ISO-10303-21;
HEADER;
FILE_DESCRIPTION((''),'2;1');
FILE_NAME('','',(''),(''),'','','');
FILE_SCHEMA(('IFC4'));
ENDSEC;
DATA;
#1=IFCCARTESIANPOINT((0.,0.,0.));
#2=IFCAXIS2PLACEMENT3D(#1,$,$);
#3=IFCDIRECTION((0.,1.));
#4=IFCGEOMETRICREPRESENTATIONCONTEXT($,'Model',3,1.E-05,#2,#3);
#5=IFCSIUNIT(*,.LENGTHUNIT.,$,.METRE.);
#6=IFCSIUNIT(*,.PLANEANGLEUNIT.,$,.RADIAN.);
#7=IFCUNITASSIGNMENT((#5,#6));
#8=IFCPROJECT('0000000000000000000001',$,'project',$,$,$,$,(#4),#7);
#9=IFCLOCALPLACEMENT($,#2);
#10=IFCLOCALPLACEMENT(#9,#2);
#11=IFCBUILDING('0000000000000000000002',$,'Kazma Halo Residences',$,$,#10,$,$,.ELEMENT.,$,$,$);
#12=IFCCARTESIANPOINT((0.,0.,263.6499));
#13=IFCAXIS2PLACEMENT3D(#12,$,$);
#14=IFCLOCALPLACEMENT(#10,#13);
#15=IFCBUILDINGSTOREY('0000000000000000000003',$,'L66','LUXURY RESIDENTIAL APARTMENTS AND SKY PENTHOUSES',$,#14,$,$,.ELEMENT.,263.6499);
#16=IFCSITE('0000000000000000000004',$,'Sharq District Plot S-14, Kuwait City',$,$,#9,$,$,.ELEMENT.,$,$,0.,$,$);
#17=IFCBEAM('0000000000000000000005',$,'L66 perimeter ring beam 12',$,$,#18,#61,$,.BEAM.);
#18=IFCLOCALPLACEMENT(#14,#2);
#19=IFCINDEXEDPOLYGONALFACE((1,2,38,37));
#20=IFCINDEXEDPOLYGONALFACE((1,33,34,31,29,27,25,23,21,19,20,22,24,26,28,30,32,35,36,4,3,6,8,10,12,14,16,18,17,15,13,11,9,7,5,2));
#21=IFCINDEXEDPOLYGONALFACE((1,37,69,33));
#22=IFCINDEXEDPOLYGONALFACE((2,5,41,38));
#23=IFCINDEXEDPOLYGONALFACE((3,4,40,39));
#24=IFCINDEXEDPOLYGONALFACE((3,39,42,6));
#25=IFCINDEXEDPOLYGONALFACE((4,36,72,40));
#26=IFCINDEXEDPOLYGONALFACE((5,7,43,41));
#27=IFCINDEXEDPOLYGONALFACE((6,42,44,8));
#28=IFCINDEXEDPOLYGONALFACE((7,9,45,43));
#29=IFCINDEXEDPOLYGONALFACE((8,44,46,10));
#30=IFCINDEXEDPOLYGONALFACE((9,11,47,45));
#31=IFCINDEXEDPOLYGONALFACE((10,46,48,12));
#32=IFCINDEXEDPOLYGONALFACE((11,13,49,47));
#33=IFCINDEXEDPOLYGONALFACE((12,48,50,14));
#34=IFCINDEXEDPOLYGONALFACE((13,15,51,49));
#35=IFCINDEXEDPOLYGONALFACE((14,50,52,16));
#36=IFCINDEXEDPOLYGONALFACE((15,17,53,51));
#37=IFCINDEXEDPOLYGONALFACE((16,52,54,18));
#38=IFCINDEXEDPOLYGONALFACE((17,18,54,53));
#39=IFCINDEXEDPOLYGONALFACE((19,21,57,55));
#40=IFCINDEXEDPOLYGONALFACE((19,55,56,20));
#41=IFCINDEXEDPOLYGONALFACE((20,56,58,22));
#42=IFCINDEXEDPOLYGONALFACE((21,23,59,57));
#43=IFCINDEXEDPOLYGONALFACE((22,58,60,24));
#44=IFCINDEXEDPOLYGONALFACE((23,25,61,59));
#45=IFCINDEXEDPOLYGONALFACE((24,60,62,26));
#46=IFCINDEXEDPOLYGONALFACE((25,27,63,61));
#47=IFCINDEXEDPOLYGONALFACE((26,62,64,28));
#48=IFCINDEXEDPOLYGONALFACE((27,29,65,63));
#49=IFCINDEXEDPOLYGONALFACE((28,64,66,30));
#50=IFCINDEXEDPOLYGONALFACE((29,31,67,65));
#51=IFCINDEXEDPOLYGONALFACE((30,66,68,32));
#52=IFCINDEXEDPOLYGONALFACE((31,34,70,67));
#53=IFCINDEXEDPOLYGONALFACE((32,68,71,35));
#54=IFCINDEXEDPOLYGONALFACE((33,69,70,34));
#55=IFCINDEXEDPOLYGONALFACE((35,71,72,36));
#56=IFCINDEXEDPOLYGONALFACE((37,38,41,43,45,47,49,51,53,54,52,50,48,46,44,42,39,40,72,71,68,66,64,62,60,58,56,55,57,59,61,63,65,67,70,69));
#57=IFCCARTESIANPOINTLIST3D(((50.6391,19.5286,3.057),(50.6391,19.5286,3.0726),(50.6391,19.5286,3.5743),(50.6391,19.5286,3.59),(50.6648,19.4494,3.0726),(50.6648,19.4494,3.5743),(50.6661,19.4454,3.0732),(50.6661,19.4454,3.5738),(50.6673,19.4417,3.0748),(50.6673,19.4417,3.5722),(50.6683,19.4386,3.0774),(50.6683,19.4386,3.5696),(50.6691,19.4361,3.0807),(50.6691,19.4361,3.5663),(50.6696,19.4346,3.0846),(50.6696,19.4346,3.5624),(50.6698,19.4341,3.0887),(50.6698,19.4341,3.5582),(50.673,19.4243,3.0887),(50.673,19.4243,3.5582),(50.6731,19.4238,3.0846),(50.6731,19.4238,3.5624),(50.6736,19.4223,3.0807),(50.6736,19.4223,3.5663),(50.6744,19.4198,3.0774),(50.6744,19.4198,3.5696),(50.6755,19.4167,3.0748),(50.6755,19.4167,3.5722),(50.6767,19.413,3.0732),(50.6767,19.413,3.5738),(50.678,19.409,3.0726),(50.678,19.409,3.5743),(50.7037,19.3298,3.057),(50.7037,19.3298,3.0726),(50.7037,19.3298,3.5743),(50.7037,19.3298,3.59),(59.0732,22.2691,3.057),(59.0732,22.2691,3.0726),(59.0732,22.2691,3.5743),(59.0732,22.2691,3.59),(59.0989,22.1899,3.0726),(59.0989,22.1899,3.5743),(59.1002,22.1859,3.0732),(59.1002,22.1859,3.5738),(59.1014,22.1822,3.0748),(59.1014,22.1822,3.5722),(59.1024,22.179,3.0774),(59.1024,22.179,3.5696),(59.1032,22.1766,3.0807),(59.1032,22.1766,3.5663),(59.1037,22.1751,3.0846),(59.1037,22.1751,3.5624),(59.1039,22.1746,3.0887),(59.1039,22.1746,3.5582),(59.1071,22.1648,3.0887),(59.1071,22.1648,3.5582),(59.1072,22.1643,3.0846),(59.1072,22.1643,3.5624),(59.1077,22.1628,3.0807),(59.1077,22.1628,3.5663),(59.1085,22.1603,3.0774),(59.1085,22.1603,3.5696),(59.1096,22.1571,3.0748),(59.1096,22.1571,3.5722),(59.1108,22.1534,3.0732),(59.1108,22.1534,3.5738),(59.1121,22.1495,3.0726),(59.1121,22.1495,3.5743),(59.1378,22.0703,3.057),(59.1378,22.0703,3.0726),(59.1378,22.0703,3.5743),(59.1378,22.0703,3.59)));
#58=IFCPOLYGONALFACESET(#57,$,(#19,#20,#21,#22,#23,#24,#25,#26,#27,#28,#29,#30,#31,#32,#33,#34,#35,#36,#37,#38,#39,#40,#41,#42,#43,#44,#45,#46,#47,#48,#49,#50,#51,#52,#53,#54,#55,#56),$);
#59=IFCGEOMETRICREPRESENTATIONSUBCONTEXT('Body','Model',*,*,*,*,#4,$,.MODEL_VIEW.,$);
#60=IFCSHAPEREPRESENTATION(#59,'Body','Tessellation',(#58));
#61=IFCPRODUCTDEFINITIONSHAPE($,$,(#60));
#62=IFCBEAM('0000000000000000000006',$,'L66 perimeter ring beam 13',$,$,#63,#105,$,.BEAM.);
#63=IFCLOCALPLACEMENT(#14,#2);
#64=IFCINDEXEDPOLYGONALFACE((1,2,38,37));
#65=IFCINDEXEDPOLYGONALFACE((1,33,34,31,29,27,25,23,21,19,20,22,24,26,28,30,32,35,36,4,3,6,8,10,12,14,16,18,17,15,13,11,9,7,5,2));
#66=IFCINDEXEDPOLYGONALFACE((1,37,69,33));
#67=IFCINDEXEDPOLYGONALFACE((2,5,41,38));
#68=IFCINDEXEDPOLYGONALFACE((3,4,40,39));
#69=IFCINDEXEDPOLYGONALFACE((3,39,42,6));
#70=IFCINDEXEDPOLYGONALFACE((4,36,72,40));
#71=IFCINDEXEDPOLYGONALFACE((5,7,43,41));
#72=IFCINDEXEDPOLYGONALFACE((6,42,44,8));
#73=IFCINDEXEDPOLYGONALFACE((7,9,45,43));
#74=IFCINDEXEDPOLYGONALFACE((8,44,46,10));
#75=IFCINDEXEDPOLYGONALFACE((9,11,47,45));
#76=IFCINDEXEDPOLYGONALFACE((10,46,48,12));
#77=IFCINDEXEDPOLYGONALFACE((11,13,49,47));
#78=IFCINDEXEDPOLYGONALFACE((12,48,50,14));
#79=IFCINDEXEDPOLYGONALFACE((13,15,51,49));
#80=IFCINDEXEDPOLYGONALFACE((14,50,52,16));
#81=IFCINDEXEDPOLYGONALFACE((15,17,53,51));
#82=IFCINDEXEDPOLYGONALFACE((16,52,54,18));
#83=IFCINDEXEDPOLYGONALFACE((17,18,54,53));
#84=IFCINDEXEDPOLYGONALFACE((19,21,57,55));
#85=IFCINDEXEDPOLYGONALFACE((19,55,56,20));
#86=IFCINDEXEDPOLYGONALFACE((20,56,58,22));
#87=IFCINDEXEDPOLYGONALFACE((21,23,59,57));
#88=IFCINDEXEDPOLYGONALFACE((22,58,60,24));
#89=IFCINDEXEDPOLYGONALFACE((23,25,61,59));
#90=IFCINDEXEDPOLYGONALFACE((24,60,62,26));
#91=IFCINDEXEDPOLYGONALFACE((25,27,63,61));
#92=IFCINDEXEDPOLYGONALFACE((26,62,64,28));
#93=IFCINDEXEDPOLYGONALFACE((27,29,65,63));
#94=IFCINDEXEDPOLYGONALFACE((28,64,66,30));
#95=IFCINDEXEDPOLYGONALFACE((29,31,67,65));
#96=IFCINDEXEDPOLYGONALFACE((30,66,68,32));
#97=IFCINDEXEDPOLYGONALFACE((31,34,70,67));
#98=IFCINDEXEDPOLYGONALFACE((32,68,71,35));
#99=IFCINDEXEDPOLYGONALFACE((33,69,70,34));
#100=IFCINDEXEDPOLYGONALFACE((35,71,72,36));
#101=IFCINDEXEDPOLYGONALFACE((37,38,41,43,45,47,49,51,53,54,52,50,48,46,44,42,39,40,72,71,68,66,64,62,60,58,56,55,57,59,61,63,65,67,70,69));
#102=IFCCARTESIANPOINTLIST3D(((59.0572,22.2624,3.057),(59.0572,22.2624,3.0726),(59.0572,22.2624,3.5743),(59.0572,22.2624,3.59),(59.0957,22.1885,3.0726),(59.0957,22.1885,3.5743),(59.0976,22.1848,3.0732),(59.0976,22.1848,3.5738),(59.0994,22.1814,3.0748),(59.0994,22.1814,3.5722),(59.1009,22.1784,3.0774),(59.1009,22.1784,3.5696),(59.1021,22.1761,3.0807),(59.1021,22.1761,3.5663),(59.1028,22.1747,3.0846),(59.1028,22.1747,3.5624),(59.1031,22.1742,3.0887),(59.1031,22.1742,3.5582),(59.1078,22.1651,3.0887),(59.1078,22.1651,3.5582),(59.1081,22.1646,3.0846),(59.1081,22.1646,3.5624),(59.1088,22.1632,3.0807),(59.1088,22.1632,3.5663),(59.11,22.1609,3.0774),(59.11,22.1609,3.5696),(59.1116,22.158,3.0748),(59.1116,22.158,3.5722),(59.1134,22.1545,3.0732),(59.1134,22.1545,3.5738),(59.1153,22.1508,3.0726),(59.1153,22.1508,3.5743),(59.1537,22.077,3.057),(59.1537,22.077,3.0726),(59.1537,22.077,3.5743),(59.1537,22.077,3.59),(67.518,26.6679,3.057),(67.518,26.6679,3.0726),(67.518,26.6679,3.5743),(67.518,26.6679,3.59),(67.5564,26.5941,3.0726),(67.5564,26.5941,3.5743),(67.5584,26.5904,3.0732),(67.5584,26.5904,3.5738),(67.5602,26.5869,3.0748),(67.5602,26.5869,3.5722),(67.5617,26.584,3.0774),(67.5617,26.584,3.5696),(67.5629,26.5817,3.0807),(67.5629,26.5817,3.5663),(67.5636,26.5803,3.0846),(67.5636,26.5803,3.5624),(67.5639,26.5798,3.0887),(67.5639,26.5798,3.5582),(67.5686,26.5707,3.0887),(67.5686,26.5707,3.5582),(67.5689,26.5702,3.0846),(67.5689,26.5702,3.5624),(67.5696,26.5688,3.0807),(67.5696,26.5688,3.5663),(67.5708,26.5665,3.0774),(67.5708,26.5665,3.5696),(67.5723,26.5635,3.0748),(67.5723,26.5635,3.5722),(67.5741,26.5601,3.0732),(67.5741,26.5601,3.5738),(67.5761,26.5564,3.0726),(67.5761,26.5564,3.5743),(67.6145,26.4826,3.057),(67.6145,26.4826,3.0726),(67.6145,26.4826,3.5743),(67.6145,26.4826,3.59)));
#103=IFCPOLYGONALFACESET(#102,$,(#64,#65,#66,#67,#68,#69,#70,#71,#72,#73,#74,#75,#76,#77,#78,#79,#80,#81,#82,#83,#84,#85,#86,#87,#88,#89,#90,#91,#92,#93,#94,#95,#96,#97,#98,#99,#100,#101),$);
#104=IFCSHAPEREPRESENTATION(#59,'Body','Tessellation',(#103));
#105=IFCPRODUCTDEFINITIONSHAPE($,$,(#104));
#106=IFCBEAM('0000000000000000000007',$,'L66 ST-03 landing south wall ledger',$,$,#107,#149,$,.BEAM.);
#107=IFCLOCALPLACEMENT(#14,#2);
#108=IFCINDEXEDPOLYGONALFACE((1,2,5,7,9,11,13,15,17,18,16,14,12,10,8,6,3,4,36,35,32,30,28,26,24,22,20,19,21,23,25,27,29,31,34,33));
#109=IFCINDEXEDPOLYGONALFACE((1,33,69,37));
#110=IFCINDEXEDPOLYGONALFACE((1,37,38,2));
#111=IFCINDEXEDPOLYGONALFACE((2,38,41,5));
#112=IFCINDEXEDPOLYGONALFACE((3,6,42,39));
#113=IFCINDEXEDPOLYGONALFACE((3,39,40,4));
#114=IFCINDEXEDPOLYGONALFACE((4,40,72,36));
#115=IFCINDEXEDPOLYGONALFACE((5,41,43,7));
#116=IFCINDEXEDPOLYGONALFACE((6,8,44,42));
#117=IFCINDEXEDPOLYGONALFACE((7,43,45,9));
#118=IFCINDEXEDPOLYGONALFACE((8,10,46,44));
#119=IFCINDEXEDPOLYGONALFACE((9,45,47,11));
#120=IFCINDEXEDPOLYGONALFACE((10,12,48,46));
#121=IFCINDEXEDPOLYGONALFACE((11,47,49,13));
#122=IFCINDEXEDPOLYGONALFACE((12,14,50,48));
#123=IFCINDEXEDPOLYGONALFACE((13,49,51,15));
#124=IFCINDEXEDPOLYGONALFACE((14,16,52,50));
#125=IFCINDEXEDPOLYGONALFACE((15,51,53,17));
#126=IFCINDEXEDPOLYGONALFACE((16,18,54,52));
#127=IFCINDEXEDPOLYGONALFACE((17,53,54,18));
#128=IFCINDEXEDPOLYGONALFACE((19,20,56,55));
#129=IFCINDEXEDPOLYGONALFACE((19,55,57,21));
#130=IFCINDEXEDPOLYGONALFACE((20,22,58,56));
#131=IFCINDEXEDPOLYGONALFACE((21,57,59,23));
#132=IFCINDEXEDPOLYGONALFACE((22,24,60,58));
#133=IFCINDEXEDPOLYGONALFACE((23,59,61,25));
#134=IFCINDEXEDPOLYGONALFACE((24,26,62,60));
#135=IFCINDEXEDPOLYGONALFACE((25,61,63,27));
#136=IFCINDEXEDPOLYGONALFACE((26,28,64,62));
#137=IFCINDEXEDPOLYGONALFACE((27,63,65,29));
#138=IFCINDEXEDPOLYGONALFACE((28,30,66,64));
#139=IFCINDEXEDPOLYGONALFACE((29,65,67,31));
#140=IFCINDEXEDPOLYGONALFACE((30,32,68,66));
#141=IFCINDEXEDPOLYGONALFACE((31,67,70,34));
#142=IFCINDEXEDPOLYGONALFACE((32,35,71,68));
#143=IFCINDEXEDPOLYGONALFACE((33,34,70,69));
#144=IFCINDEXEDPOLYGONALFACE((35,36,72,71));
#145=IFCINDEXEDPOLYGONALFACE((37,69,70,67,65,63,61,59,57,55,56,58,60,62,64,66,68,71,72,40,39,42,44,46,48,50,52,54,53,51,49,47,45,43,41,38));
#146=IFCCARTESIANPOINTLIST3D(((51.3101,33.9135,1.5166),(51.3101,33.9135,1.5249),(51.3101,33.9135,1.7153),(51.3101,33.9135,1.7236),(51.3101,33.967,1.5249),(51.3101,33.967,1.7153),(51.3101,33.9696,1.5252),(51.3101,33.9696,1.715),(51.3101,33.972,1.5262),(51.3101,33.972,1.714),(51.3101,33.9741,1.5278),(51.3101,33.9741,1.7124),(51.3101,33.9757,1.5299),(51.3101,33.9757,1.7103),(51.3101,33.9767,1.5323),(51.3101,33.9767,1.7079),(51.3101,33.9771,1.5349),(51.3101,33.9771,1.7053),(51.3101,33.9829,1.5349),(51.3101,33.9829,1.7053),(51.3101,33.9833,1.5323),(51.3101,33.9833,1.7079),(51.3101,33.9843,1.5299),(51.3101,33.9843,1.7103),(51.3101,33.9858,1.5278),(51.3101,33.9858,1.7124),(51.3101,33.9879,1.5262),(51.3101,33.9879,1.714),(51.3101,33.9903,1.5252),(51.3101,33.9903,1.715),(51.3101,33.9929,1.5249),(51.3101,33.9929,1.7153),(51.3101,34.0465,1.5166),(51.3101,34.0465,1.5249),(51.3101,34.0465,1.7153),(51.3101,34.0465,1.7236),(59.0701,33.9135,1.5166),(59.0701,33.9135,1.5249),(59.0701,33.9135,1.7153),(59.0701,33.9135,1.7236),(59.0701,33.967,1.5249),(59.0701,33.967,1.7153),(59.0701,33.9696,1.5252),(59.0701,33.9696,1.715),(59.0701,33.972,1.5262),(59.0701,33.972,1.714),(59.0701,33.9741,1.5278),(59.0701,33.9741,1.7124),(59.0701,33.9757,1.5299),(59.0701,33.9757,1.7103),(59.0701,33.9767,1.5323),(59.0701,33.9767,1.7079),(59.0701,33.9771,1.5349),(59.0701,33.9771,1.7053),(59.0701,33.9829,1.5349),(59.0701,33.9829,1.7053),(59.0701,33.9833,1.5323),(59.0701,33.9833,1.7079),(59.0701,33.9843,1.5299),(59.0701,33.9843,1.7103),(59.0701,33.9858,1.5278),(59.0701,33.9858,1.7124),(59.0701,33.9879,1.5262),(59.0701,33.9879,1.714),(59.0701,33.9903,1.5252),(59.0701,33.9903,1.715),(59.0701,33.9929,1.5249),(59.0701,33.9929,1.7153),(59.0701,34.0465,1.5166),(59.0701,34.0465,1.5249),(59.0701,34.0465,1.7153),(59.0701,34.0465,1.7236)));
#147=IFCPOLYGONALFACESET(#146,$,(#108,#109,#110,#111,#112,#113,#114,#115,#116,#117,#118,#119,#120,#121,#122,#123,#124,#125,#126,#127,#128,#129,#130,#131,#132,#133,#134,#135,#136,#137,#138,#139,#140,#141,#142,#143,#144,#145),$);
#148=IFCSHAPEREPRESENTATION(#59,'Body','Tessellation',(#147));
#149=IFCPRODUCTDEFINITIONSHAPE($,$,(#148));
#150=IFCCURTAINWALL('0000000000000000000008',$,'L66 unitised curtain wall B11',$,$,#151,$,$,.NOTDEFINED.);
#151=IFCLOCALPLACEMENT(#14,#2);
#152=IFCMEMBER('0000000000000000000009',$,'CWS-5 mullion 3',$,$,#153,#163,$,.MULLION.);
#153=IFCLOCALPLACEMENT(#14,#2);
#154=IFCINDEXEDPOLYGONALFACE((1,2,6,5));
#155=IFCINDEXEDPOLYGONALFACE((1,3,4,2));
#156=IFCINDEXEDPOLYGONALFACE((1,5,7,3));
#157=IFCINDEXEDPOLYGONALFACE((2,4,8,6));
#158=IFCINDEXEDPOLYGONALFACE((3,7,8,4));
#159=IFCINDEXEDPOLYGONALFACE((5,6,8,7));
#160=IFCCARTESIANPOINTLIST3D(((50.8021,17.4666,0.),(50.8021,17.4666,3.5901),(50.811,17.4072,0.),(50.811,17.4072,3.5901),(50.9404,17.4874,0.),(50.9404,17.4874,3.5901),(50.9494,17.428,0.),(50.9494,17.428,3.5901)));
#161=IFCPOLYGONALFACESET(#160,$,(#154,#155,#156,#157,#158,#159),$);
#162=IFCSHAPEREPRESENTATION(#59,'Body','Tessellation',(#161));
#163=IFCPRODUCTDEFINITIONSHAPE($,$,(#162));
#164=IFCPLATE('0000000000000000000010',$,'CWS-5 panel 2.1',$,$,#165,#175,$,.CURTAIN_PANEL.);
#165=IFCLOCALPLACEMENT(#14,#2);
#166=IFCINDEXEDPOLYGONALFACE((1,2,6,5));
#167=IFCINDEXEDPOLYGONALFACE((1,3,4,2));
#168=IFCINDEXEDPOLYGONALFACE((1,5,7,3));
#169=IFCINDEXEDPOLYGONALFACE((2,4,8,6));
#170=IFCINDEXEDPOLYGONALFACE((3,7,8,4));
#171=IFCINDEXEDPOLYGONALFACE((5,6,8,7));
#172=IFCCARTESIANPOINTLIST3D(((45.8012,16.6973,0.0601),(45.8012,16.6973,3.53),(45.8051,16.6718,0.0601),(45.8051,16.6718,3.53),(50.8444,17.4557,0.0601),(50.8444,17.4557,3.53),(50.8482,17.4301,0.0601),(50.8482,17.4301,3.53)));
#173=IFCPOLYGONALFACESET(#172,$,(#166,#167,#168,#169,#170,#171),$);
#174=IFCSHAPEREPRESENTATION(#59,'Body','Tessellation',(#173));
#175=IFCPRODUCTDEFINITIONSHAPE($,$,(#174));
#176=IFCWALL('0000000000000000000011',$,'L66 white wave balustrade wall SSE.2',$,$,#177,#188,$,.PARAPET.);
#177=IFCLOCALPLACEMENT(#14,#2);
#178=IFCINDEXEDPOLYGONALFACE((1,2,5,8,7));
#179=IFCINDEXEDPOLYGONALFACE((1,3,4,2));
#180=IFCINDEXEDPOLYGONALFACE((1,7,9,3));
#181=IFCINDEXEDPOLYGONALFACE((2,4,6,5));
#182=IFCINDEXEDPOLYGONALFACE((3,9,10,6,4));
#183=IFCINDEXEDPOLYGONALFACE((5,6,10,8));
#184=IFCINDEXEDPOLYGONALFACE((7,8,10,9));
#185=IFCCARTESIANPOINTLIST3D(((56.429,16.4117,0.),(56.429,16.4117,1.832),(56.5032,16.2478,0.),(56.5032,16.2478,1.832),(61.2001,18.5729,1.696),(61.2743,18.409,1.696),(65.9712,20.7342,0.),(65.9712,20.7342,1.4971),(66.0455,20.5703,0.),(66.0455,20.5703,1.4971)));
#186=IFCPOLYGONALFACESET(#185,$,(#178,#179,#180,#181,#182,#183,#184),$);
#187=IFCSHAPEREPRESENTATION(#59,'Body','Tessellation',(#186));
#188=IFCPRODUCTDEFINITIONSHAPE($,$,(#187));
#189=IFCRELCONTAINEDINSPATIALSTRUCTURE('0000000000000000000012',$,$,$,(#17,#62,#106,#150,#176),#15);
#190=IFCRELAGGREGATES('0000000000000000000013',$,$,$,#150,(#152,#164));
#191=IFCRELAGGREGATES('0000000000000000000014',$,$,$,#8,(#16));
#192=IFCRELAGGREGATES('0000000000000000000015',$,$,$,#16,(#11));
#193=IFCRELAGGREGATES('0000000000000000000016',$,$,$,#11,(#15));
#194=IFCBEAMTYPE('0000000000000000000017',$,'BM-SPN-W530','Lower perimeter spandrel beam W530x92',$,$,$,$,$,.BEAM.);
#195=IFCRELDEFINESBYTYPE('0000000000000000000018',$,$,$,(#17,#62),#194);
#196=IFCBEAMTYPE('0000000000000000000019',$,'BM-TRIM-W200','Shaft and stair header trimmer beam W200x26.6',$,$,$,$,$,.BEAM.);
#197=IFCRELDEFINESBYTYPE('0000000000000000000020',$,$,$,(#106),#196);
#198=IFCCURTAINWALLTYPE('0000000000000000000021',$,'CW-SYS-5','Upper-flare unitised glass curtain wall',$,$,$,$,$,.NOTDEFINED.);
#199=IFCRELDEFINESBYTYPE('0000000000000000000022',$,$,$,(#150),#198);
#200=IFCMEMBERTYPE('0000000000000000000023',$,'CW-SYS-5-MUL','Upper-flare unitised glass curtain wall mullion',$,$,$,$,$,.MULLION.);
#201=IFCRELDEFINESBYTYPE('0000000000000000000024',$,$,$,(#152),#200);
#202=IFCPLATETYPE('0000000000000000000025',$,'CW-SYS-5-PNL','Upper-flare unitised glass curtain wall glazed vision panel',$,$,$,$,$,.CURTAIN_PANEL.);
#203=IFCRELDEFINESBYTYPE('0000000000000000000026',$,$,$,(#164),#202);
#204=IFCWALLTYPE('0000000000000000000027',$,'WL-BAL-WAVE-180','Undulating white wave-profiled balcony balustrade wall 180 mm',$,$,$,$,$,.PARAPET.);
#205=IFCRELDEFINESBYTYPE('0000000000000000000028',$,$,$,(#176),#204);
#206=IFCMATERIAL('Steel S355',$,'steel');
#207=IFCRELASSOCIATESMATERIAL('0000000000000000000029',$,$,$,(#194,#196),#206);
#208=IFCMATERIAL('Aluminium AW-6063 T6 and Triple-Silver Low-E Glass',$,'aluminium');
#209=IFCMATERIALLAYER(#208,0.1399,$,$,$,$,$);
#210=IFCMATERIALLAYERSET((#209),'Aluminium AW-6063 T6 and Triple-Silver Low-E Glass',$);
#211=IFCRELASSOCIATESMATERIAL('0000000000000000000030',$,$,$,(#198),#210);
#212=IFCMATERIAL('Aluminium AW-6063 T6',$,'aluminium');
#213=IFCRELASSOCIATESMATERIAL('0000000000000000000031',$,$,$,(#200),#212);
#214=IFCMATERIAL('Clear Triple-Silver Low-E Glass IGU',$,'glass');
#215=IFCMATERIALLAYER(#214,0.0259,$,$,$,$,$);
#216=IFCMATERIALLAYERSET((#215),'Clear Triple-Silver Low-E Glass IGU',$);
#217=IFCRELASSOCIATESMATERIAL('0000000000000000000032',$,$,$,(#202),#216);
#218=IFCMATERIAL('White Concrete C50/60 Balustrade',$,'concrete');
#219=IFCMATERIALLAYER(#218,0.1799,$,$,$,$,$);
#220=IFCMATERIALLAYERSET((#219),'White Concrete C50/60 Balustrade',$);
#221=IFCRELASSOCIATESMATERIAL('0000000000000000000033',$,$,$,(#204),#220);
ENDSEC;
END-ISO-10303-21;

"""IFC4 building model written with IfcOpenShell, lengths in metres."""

from ifc_helpers import new_model, si_unit, direction, frame, origin, origin_2d, place, context, subcontext, project, spatial, polyline, rectangle, i_section, outline, extrude, material, layer, layer_set, material_profile, profile_set, type_object, element, aggregate, save


model = new_model("IFC4")

# Units and contexts
model_context = context("Model", 3, precision=1e-05, world=origin(), true_north=direction((0.0, 1.0)))
body_context = subcontext(model_context, "Body", "Model", "MODEL_VIEW")
ifc_project = project(units=[si_unit("LENGTHUNIT", "METRE"), si_unit("PLANEANGLEUNIT", "RADIAN")], contexts=[model_context])

# Site, building, storey
site_placement = place(None, origin())
site = spatial("IfcSite", under=ifc_project, at=site_placement, Name="Sharq District Plot S-14, Kuwait City", CompositionType="ELEMENT", RefElevation=0.0)
building_placement = place(site_placement, origin())
building = spatial("IfcBuilding", under=site, at=building_placement, Name="Kazma Halo Residences", CompositionType="ELEMENT")
storey_placement = place(building_placement, frame((0.0, 0.0, 263.6499)))
storey = spatial("IfcBuildingStorey", under=building, at=storey_placement, Name="L66", Description="LUXURY RESIDENTIAL APARTMENTS AND SKY PENTHOUSES", CompositionType="ELEMENT", Elevation=263.6499)

# Beams
ifc_material_1 = material(Name="Steel S355", Category="steel")
ifc_material_profile_1 = material_profile(ifc_material_1, i_section(OverallWidth=0.209, OverallDepth=0.533, WebThickness=0.0103, FlangeThickness=0.0156, FilletRadius=0.0161, at=origin_2d()), Name="W530x92")
ifc_profile_set_1 = profile_set([ifc_material_profile_1], Name="Steel S355")
beam_type_1 = type_object("IfcBeamType", Name="BM-SPN-W530", Description="Lower perimeter spandrel beam W530x92", PredefinedType="BEAM", material=ifc_profile_set_1)
beam_1_placement = place(storey_placement, frame((50.6714, 19.4292, 3.3235), z_axis=(0.951054, 0.309025, 0.0), x_axis=(-0.309025, 0.951054, 0.0)))
element("IfcBeam", 1, at=beam_1_placement, inside=storey, type_object=beam_type_1, Name="L66 perimeter ring beam 12", PredefinedType="BEAM", context=body_context, shape_type="SweptSolid", body=[
    extrude(i_section(OverallWidth=0.209, OverallDepth=0.533, WebThickness=0.0103, FlangeThickness=0.0156, FilletRadius=0.0161, at=origin_2d()), origin(), (0.0, 0.0, 1.0), 8.8682),
])
beam_2_placement = place(storey_placement, frame((59.1055, 22.1697, 3.3235), z_axis=(0.886961, 0.461844, 0.0), x_axis=(-0.461844, 0.886961, 0.0)))
element("IfcBeam", 2, at=beam_2_placement, inside=storey, type_object=beam_type_1, Name="L66 perimeter ring beam 13", PredefinedType="BEAM", context=body_context, shape_type="SweptSolid", body=[
    extrude(i_section(OverallWidth=0.209, OverallDepth=0.533, WebThickness=0.0103, FlangeThickness=0.0156, FilletRadius=0.0161, at=origin_2d()), origin(), (0.0, 0.0, 1.0), 9.5391),
])
ifc_material_profile_2 = material_profile(ifc_material_1, i_section(OverallWidth=0.1331, OverallDepth=0.207, WebThickness=0.0059, FlangeThickness=0.0083, FilletRadius=0.01, at=origin_2d()), Name="W200x26.6")
ifc_profile_set_2 = profile_set([ifc_material_profile_2], Name="Steel S355")
beam_type_2 = type_object("IfcBeamType", Name="BM-TRIM-W200", Description="Shaft and stair header trimmer beam W200x26.6", PredefinedType="BEAM", material=ifc_profile_set_2)
beam_3_placement = place(storey_placement, frame((51.3101, 33.98, 1.6201), z_axis=(1.0, 0.0, 0.0), x_axis=(0.0, 1.0, 0.0)))
element("IfcBeam", 3, at=beam_3_placement, inside=storey, type_object=beam_type_2, Name="L66 ST-03 landing south wall ledger", PredefinedType="BEAM", context=body_context, shape_type="SweptSolid", body=[
    extrude(i_section(OverallWidth=0.1331, OverallDepth=0.207, WebThickness=0.0059, FlangeThickness=0.0083, FilletRadius=0.01, at=origin_2d()), origin(), (0.0, 0.0, 1.0), 7.76),
])

# Curtain wall, member, plate
ifc_material_2 = material(Name="Aluminium AW-6063 T6 and Triple-Silver Low-E Glass", Category="aluminium")
ifc_layer_1 = layer(ifc_material_2, 0.1399)
ifc_layer_set_1 = layer_set([ifc_layer_1], Name="Aluminium AW-6063 T6 and Triple-Silver Low-E Glass")
curtain_wall_type = type_object("IfcCurtainWallType", Name="CW-SYS-5", Description="Upper-flare unitised glass curtain wall", PredefinedType="NOTDEFINED", material=ifc_layer_set_1)
curtain_wall_placement = place(storey_placement, origin())
curtain_wall = element("IfcCurtainWall", 4, at=curtain_wall_placement, inside=storey, type_object=curtain_wall_type, Name="L66 unitised curtain wall B11", PredefinedType="NOTDEFINED")
ifc_material_3 = material(Name="Aluminium AW-6063 T6", Category="aluminium")
ifc_material_profile_3 = material_profile(ifc_material_3, rectangle(XDim=0.0601, YDim=0.1399, at=origin_2d()), Name="CWM-60x140")
ifc_profile_set_3 = profile_set([ifc_material_profile_3], Name="Aluminium AW-6063 T6")
member_type = type_object("IfcMemberType", Name="CW-SYS-5-MUL", Description="Upper-flare unitised glass curtain wall mullion", PredefinedType="MULLION", material=ifc_profile_set_3)
member_placement = place(storey_placement, frame((50.8757, 17.4473, 0.0), z_axis=(0.0, 0.0, 1.0), x_axis=(-0.148697, 0.988883, 0.0)))
member = element("IfcMember", 5, at=member_placement, type_object=member_type, Name="CWS-5 mullion 3", PredefinedType="MULLION", context=body_context, shape_type="SweptSolid", body=[
    extrude(rectangle(XDim=0.0601, YDim=0.1399, at=origin_2d()), origin(), (0.0, 0.0, 1.0), 3.5901),
])
ifc_material_4 = material(Name="Clear Triple-Silver Low-E Glass IGU", Category="glass")
ifc_layer_2 = layer(ifc_material_4, 0.0259)
ifc_layer_set_2 = layer_set([ifc_layer_2], Name="Clear Triple-Silver Low-E Glass IGU")
plate_type = type_object("IfcPlateType", Name="CW-SYS-5-PNL", Description="Upper-flare unitised glass curtain wall glazed vision panel", PredefinedType="CURTAIN_PANEL", material=ifc_layer_set_2)
plate_placement = place(storey_placement, frame((48.3247, 17.0637, 0.0601), z_axis=(0.0, 0.0, 1.0), x_axis=(0.988883, 0.148697, 0.0)))
plate = element("IfcPlate", 6, at=plate_placement, type_object=plate_type, Name="CWS-5 panel 2.1", PredefinedType="CURTAIN_PANEL", context=body_context, shape_type="SweptSolid", body=[
    extrude(rectangle(XDim=5.0999, YDim=0.0259, at=origin_2d()), origin(), (0.0, 0.0, 1.0), 3.47),
])
aggregate(curtain_wall, [member, plate])

# Wall
ifc_material_5 = material(Name="White Concrete C50/60 Balustrade", Category="concrete")
ifc_layer_3 = layer(ifc_material_5, 0.1799)
ifc_layer_set_3 = layer_set([ifc_layer_3], Name="White Concrete C50/60 Balustrade")
wall_type_1 = type_object("IfcWallType", Name="WL-BAL-WAVE-180", Description="Undulating white wave-profiled balcony balustrade wall 180 mm", PredefinedType="PARAPET", material=ifc_layer_set_3)
wall_1_placement = place(storey_placement, frame((56.4661, 16.3298, 0.0), z_axis=(0.0, 0.0, 1.0), x_axis=(0.9109, 0.412626, 0.0)))
element("IfcWall", 7, at=wall_1_placement, inside=storey, type_object=wall_type_1, Name="L66 white wave balustrade wall SSE.2", PredefinedType="PARAPET", context=body_context, shape_type="SweptSolid", body=[
    extrude(outline(polyline([(0.0, 0.0), (10.4756, 0.0), (10.4756, 1.4971), (5.2378, 1.696), (0.0, 1.832), (0.0, 0.0)])), frame((0.0, 0.0898, 0.0), z_axis=(0.0, -1.0, 0.0), x_axis=(1.0, 0.0, 0.0)), (0.0, 0.0, 1.0), 0.1799),
])

save(model, "model.ifc")
